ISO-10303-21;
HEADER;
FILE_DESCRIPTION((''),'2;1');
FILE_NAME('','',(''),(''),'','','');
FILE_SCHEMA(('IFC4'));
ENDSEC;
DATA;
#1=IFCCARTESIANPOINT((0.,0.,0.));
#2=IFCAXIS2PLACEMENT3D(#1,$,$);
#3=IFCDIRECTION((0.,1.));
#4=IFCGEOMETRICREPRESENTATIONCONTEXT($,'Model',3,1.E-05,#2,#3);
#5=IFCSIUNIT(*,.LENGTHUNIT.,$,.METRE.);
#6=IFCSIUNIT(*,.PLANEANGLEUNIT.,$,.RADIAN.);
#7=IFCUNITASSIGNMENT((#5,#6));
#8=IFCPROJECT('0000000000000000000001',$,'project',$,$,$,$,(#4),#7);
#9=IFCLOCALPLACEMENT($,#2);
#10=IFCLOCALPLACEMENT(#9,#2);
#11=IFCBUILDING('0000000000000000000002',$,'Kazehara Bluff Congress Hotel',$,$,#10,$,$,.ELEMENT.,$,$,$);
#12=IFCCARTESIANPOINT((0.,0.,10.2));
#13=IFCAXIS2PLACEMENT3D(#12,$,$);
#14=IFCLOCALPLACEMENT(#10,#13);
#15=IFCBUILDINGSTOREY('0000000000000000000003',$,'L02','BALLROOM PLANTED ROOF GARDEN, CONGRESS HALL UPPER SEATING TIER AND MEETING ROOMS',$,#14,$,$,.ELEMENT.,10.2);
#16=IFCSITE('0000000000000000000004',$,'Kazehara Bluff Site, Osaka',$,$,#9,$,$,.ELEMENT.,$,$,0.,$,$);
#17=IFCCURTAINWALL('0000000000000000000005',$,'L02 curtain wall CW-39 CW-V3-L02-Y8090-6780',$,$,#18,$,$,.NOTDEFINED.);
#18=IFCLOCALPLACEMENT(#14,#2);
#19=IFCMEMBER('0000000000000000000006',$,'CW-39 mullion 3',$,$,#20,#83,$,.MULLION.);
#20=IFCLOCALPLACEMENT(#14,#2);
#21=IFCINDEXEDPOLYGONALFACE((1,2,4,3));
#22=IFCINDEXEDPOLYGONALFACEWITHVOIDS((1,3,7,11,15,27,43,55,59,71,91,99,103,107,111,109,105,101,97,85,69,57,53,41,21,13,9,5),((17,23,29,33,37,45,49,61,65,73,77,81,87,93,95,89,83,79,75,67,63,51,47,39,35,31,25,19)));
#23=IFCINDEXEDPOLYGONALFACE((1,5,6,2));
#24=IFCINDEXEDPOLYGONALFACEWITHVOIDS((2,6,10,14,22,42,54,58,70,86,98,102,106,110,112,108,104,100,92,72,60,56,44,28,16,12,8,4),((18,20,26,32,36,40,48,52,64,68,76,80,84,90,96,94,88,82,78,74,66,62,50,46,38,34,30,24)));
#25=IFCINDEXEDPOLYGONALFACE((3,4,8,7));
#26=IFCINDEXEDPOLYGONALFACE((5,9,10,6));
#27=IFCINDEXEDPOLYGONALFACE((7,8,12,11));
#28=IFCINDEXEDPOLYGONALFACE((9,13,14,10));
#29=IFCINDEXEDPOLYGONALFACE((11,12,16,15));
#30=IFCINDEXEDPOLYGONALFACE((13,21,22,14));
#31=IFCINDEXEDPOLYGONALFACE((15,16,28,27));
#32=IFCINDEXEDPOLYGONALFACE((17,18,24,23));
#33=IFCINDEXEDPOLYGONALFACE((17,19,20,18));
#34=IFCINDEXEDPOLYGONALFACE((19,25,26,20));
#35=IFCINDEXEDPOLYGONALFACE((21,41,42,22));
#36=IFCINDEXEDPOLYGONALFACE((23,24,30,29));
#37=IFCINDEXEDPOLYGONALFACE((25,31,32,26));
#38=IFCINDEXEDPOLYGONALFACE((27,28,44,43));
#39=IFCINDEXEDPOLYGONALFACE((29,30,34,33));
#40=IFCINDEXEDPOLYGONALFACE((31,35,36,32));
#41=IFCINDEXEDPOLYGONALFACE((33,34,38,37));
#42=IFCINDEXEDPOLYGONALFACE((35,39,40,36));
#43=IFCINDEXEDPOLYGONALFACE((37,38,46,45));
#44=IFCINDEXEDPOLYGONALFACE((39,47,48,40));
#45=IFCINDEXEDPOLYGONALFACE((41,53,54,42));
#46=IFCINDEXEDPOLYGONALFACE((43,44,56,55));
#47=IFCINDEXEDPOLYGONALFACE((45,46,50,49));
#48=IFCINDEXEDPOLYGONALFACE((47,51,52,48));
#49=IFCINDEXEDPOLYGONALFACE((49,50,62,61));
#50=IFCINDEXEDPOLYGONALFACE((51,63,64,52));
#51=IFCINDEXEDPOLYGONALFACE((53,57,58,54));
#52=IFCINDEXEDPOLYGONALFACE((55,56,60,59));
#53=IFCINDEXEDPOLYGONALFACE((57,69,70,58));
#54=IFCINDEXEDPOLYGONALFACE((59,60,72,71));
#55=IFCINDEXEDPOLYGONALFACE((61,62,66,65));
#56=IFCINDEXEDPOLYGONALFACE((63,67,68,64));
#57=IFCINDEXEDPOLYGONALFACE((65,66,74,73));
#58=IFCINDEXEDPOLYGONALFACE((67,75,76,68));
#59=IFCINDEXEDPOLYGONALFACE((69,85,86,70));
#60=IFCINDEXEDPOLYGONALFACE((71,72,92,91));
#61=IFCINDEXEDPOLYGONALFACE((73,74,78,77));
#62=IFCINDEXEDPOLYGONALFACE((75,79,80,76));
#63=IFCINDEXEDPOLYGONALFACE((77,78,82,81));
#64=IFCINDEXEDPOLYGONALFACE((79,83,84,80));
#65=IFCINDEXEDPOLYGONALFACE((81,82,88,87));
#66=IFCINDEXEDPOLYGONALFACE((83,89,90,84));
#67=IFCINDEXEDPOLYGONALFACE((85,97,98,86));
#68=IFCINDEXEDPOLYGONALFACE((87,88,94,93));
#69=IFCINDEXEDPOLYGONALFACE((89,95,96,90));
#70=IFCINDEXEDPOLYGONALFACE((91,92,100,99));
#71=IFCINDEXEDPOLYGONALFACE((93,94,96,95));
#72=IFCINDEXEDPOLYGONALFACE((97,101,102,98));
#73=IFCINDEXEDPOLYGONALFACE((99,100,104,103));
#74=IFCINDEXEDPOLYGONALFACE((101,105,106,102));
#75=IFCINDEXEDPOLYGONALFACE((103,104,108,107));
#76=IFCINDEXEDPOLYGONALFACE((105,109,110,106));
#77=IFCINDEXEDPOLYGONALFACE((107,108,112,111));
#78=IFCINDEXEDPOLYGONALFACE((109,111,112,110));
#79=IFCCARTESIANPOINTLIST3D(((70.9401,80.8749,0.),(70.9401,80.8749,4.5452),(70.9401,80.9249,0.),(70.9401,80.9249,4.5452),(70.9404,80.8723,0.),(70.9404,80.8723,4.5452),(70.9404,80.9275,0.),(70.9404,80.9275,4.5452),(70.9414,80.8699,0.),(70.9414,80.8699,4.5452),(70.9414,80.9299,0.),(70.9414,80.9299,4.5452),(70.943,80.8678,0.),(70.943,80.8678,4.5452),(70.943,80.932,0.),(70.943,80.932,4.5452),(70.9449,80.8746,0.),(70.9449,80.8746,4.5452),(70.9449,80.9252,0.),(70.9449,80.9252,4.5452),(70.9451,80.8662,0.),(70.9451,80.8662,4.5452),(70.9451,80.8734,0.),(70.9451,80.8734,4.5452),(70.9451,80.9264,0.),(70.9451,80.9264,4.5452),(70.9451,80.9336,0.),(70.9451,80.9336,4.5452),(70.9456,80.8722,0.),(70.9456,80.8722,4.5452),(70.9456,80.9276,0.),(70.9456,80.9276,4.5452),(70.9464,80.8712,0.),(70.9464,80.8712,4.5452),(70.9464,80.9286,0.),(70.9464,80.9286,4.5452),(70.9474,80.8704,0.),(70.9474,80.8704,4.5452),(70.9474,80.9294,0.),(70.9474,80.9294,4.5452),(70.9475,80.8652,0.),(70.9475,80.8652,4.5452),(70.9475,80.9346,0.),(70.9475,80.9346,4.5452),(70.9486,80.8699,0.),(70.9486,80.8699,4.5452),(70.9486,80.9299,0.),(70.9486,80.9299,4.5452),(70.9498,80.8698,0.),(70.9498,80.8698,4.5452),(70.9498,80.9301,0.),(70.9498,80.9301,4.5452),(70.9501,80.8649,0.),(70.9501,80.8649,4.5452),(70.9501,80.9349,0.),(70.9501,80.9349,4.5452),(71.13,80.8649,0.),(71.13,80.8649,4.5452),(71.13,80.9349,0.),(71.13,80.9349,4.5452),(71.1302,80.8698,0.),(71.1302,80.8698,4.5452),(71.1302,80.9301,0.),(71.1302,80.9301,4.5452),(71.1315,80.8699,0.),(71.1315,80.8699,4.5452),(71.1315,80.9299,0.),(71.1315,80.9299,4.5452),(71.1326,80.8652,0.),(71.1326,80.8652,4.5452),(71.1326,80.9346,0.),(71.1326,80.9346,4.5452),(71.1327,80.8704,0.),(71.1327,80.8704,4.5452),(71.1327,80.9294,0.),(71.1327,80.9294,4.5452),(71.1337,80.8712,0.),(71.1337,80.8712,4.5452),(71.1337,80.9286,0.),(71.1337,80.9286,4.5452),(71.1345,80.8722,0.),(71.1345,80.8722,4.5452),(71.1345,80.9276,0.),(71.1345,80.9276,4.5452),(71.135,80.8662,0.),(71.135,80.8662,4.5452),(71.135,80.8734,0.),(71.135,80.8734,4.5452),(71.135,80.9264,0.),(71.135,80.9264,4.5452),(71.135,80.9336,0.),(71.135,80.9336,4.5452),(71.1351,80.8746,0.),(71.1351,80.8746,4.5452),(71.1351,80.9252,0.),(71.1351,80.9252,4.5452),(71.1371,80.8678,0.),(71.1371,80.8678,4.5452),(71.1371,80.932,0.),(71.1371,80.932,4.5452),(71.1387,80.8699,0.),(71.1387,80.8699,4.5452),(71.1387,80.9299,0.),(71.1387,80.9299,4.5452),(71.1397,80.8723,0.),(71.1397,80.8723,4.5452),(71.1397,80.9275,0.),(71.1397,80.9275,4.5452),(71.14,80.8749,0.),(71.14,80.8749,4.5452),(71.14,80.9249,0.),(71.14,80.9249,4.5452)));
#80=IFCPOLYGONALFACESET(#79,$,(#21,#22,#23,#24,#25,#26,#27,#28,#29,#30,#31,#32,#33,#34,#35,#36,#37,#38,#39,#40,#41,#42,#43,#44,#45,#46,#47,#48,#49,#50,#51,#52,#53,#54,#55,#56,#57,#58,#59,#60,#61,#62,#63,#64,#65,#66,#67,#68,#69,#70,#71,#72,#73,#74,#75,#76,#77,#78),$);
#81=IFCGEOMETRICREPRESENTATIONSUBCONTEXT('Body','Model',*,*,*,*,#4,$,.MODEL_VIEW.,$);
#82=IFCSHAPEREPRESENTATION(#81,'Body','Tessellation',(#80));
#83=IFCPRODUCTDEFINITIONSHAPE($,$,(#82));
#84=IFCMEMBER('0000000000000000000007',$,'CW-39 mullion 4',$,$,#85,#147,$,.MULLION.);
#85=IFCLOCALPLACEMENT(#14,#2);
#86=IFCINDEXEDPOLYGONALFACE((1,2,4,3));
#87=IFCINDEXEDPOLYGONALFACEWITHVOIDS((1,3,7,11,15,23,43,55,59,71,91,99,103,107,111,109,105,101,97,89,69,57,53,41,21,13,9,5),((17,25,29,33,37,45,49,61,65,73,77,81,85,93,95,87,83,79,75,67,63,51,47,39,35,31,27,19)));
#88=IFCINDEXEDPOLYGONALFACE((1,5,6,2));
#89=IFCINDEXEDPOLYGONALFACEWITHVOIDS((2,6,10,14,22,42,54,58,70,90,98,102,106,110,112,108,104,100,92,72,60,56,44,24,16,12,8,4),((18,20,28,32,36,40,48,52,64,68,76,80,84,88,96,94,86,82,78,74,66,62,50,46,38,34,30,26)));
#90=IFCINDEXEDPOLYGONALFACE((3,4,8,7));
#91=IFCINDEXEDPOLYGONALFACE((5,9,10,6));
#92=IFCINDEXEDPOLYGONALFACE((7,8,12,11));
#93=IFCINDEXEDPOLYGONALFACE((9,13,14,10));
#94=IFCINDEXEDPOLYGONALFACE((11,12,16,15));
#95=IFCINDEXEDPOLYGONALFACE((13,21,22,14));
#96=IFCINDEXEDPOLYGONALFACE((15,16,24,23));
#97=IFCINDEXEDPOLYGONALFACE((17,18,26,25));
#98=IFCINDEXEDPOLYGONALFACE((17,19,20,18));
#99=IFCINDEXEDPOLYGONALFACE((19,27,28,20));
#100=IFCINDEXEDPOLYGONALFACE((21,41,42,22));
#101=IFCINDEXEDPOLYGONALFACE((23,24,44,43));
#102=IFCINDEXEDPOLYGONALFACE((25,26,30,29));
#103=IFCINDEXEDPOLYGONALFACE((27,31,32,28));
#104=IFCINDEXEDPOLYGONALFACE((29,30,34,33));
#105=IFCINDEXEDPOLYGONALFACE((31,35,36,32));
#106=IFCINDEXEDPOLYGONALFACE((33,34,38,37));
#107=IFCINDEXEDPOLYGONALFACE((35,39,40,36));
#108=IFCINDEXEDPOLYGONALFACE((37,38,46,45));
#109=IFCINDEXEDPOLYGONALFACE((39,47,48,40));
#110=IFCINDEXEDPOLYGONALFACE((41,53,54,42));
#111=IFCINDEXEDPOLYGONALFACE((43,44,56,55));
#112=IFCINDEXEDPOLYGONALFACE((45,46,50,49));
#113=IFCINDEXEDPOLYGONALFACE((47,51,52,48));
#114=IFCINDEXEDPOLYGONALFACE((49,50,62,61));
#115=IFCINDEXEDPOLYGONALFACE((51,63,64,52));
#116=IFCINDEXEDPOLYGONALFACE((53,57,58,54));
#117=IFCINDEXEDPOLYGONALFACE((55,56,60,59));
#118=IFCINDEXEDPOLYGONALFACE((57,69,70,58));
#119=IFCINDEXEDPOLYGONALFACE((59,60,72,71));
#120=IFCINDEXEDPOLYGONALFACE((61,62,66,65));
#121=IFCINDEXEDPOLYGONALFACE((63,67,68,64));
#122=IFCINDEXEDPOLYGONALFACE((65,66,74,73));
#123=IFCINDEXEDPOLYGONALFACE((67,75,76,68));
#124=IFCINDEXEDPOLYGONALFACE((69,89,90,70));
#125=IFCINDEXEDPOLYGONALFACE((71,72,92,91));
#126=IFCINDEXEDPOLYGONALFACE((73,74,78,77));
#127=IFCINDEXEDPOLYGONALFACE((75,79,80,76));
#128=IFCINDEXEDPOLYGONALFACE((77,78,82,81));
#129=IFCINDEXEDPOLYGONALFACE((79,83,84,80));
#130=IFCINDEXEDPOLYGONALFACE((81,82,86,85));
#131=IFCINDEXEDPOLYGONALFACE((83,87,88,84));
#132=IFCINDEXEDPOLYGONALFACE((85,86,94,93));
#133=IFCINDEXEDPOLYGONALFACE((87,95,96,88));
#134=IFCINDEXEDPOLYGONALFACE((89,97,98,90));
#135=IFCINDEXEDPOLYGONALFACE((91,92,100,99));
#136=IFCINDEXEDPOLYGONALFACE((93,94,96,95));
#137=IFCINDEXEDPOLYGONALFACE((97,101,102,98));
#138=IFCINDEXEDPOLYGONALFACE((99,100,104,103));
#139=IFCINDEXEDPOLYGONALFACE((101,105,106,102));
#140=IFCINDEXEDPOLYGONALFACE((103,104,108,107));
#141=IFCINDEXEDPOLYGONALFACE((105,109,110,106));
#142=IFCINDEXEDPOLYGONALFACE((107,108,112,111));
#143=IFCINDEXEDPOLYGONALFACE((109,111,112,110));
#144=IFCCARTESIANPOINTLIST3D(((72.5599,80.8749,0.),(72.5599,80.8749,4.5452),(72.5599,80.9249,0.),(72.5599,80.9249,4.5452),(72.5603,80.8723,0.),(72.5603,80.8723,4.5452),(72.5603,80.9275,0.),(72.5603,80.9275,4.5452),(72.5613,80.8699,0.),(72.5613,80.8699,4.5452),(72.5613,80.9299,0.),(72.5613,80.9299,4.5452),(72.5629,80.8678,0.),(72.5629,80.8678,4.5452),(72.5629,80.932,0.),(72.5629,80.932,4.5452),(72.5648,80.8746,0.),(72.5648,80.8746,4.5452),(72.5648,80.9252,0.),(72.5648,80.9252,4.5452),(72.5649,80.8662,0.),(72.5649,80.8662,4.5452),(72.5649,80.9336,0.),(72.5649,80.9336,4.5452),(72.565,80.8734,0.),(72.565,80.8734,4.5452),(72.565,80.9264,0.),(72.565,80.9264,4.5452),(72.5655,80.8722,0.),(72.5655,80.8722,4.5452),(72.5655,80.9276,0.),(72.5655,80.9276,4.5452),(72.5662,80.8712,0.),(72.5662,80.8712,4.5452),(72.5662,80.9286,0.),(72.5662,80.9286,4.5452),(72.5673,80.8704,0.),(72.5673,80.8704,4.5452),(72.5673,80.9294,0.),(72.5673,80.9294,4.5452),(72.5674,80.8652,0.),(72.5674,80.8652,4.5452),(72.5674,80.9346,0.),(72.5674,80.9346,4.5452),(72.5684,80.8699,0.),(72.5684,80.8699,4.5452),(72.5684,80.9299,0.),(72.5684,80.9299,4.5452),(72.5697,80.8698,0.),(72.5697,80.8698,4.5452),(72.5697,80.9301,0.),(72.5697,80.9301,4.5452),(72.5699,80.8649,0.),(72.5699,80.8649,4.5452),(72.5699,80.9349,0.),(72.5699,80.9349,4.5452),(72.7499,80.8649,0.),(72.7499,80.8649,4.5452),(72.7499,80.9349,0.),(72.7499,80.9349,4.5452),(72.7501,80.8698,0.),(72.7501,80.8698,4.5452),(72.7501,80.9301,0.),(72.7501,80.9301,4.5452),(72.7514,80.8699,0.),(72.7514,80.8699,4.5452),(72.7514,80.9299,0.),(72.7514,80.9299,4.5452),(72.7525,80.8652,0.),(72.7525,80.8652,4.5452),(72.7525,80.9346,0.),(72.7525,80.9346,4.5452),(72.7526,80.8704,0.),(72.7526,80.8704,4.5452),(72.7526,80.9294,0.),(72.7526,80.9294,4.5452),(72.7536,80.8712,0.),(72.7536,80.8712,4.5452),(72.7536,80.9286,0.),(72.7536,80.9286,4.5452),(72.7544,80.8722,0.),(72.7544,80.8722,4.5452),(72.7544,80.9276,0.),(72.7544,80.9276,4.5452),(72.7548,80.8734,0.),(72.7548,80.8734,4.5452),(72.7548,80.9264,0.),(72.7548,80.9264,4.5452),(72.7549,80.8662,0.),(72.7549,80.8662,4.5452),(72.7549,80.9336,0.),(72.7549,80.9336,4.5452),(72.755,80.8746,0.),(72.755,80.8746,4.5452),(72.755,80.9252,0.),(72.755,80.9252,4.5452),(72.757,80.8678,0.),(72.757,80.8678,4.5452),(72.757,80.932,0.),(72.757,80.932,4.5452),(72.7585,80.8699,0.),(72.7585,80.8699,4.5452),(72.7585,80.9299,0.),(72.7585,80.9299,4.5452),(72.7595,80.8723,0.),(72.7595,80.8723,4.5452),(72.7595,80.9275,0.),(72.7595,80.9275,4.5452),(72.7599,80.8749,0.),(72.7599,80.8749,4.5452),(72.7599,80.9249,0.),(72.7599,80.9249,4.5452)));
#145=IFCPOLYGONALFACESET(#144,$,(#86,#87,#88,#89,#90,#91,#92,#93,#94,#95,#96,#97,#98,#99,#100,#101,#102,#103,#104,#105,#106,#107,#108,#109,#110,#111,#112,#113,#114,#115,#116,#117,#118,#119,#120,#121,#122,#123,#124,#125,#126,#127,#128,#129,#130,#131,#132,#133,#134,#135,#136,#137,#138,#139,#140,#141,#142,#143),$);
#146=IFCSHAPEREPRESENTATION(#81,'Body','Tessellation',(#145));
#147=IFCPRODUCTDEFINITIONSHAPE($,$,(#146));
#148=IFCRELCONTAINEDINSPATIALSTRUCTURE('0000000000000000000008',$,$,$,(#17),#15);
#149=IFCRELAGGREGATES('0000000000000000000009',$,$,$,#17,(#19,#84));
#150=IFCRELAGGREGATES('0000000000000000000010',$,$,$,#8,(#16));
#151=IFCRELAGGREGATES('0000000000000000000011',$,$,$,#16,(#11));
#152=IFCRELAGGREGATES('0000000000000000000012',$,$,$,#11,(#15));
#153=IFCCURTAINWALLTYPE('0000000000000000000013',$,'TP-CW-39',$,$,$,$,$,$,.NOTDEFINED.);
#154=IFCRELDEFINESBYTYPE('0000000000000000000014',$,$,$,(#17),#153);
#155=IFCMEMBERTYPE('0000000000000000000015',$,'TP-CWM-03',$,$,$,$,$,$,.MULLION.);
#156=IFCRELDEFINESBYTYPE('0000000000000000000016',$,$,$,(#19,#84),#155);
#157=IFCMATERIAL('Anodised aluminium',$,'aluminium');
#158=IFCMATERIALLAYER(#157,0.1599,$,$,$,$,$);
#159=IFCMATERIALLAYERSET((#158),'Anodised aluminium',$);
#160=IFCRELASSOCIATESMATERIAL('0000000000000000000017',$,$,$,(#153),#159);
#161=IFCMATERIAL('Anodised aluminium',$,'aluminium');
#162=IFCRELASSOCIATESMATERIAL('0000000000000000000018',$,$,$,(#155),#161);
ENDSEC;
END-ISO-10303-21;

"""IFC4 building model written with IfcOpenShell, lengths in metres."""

from ifc_helpers import new_model, si_unit, direction, frame, origin, origin_2d, place, context, subcontext, project, spatial, hollow_rectangle, extrude, material, layer, layer_set, material_profile, profile_set, type_object, element, aggregate, save


model = new_model("IFC4")

# Units and contexts
model_context = context("Model", 3, precision=1e-05, world=origin(), true_north=direction((0.0, 1.0)))
body_context = subcontext(model_context, "Body", "Model", "MODEL_VIEW")
ifc_project = project(units=[si_unit("LENGTHUNIT", "METRE"), si_unit("PLANEANGLEUNIT", "RADIAN")], contexts=[model_context])

# Site, building, storey
site_placement = place(None, origin())
site = spatial("IfcSite", under=ifc_project, at=site_placement, Name="Kazehara Bluff Site, Osaka", CompositionType="ELEMENT", RefElevation=0.0)
building_placement = place(site_placement, origin())
building = spatial("IfcBuilding", under=site, at=building_placement, Name="Kazehara Bluff Congress Hotel", CompositionType="ELEMENT")
storey_placement = place(building_placement, frame((0.0, 0.0, 10.2)))
storey = spatial("IfcBuildingStorey", under=building, at=storey_placement, Name="L02", Description="BALLROOM PLANTED ROOF GARDEN, CONGRESS HALL UPPER SEATING TIER AND MEETING ROOMS", CompositionType="ELEMENT", Elevation=10.2)

# Curtain wall, members
ifc_material_1 = material(Name="Anodised aluminium", Category="aluminium")
ifc_layer_1 = layer(ifc_material_1, 0.1599)
ifc_layer_set_1 = layer_set([ifc_layer_1], Name="Anodised aluminium")
curtain_wall_type = type_object("IfcCurtainWallType", Name="TP-CW-39", PredefinedType="NOTDEFINED", material=ifc_layer_set_1)
curtain_wall_placement = place(storey_placement, origin())
curtain_wall = element("IfcCurtainWall", 1, at=curtain_wall_placement, inside=storey, type_object=curtain_wall_type, Name="L02 curtain wall CW-39 CW-V3-L02-Y8090-6780", PredefinedType="NOTDEFINED")
ifc_material_2 = material(Name="Anodised aluminium", Category="aluminium")
ifc_material_profile_1 = material_profile(ifc_material_2, hollow_rectangle(XDim=0.0701, YDim=0.2, WallThickness=0.0049, InnerFilletRadius=0.0049, OuterFilletRadius=0.01, at=origin_2d()))
ifc_profile_set_1 = profile_set([ifc_material_profile_1], Name="Anodised aluminium")
member_type_1 = type_object("IfcMemberType", Name="TP-CWM-03", PredefinedType="MULLION", material=ifc_profile_set_1)
member_1_placement = place(storey_placement, frame((71.04, 80.8999, 0.0), z_axis=(0.0, 0.0, 1.0), x_axis=(0.0, 1.0, 0.0)))
member_1 = element("IfcMember", 2, at=member_1_placement, type_object=member_type_1, Name="CW-39 mullion 3", PredefinedType="MULLION", context=body_context, shape_type="SweptSolid", body=[
    extrude(hollow_rectangle(XDim=0.0701, YDim=0.2, WallThickness=0.0049, InnerFilletRadius=0.0049, OuterFilletRadius=0.01, at=origin_2d()), origin(), (0.0, 0.0, 1.0), 4.5452),
])
member_2_placement = place(storey_placement, frame((72.6599, 80.8999, 0.0), z_axis=(0.0, 0.0, 1.0), x_axis=(0.0, 1.0, 0.0)))
member_2 = element("IfcMember", 3, at=member_2_placement, type_object=member_type_1, Name="CW-39 mullion 4", PredefinedType="MULLION", context=body_context, shape_type="SweptSolid", body=[
    extrude(hollow_rectangle(XDim=0.0701, YDim=0.2, WallThickness=0.0049, InnerFilletRadius=0.0049, OuterFilletRadius=0.01, at=origin_2d()), origin(), (0.0, 0.0, 1.0), 4.5452),
])
aggregate(curtain_wall, [member_1, member_2])

save(model, "model.ifc")
